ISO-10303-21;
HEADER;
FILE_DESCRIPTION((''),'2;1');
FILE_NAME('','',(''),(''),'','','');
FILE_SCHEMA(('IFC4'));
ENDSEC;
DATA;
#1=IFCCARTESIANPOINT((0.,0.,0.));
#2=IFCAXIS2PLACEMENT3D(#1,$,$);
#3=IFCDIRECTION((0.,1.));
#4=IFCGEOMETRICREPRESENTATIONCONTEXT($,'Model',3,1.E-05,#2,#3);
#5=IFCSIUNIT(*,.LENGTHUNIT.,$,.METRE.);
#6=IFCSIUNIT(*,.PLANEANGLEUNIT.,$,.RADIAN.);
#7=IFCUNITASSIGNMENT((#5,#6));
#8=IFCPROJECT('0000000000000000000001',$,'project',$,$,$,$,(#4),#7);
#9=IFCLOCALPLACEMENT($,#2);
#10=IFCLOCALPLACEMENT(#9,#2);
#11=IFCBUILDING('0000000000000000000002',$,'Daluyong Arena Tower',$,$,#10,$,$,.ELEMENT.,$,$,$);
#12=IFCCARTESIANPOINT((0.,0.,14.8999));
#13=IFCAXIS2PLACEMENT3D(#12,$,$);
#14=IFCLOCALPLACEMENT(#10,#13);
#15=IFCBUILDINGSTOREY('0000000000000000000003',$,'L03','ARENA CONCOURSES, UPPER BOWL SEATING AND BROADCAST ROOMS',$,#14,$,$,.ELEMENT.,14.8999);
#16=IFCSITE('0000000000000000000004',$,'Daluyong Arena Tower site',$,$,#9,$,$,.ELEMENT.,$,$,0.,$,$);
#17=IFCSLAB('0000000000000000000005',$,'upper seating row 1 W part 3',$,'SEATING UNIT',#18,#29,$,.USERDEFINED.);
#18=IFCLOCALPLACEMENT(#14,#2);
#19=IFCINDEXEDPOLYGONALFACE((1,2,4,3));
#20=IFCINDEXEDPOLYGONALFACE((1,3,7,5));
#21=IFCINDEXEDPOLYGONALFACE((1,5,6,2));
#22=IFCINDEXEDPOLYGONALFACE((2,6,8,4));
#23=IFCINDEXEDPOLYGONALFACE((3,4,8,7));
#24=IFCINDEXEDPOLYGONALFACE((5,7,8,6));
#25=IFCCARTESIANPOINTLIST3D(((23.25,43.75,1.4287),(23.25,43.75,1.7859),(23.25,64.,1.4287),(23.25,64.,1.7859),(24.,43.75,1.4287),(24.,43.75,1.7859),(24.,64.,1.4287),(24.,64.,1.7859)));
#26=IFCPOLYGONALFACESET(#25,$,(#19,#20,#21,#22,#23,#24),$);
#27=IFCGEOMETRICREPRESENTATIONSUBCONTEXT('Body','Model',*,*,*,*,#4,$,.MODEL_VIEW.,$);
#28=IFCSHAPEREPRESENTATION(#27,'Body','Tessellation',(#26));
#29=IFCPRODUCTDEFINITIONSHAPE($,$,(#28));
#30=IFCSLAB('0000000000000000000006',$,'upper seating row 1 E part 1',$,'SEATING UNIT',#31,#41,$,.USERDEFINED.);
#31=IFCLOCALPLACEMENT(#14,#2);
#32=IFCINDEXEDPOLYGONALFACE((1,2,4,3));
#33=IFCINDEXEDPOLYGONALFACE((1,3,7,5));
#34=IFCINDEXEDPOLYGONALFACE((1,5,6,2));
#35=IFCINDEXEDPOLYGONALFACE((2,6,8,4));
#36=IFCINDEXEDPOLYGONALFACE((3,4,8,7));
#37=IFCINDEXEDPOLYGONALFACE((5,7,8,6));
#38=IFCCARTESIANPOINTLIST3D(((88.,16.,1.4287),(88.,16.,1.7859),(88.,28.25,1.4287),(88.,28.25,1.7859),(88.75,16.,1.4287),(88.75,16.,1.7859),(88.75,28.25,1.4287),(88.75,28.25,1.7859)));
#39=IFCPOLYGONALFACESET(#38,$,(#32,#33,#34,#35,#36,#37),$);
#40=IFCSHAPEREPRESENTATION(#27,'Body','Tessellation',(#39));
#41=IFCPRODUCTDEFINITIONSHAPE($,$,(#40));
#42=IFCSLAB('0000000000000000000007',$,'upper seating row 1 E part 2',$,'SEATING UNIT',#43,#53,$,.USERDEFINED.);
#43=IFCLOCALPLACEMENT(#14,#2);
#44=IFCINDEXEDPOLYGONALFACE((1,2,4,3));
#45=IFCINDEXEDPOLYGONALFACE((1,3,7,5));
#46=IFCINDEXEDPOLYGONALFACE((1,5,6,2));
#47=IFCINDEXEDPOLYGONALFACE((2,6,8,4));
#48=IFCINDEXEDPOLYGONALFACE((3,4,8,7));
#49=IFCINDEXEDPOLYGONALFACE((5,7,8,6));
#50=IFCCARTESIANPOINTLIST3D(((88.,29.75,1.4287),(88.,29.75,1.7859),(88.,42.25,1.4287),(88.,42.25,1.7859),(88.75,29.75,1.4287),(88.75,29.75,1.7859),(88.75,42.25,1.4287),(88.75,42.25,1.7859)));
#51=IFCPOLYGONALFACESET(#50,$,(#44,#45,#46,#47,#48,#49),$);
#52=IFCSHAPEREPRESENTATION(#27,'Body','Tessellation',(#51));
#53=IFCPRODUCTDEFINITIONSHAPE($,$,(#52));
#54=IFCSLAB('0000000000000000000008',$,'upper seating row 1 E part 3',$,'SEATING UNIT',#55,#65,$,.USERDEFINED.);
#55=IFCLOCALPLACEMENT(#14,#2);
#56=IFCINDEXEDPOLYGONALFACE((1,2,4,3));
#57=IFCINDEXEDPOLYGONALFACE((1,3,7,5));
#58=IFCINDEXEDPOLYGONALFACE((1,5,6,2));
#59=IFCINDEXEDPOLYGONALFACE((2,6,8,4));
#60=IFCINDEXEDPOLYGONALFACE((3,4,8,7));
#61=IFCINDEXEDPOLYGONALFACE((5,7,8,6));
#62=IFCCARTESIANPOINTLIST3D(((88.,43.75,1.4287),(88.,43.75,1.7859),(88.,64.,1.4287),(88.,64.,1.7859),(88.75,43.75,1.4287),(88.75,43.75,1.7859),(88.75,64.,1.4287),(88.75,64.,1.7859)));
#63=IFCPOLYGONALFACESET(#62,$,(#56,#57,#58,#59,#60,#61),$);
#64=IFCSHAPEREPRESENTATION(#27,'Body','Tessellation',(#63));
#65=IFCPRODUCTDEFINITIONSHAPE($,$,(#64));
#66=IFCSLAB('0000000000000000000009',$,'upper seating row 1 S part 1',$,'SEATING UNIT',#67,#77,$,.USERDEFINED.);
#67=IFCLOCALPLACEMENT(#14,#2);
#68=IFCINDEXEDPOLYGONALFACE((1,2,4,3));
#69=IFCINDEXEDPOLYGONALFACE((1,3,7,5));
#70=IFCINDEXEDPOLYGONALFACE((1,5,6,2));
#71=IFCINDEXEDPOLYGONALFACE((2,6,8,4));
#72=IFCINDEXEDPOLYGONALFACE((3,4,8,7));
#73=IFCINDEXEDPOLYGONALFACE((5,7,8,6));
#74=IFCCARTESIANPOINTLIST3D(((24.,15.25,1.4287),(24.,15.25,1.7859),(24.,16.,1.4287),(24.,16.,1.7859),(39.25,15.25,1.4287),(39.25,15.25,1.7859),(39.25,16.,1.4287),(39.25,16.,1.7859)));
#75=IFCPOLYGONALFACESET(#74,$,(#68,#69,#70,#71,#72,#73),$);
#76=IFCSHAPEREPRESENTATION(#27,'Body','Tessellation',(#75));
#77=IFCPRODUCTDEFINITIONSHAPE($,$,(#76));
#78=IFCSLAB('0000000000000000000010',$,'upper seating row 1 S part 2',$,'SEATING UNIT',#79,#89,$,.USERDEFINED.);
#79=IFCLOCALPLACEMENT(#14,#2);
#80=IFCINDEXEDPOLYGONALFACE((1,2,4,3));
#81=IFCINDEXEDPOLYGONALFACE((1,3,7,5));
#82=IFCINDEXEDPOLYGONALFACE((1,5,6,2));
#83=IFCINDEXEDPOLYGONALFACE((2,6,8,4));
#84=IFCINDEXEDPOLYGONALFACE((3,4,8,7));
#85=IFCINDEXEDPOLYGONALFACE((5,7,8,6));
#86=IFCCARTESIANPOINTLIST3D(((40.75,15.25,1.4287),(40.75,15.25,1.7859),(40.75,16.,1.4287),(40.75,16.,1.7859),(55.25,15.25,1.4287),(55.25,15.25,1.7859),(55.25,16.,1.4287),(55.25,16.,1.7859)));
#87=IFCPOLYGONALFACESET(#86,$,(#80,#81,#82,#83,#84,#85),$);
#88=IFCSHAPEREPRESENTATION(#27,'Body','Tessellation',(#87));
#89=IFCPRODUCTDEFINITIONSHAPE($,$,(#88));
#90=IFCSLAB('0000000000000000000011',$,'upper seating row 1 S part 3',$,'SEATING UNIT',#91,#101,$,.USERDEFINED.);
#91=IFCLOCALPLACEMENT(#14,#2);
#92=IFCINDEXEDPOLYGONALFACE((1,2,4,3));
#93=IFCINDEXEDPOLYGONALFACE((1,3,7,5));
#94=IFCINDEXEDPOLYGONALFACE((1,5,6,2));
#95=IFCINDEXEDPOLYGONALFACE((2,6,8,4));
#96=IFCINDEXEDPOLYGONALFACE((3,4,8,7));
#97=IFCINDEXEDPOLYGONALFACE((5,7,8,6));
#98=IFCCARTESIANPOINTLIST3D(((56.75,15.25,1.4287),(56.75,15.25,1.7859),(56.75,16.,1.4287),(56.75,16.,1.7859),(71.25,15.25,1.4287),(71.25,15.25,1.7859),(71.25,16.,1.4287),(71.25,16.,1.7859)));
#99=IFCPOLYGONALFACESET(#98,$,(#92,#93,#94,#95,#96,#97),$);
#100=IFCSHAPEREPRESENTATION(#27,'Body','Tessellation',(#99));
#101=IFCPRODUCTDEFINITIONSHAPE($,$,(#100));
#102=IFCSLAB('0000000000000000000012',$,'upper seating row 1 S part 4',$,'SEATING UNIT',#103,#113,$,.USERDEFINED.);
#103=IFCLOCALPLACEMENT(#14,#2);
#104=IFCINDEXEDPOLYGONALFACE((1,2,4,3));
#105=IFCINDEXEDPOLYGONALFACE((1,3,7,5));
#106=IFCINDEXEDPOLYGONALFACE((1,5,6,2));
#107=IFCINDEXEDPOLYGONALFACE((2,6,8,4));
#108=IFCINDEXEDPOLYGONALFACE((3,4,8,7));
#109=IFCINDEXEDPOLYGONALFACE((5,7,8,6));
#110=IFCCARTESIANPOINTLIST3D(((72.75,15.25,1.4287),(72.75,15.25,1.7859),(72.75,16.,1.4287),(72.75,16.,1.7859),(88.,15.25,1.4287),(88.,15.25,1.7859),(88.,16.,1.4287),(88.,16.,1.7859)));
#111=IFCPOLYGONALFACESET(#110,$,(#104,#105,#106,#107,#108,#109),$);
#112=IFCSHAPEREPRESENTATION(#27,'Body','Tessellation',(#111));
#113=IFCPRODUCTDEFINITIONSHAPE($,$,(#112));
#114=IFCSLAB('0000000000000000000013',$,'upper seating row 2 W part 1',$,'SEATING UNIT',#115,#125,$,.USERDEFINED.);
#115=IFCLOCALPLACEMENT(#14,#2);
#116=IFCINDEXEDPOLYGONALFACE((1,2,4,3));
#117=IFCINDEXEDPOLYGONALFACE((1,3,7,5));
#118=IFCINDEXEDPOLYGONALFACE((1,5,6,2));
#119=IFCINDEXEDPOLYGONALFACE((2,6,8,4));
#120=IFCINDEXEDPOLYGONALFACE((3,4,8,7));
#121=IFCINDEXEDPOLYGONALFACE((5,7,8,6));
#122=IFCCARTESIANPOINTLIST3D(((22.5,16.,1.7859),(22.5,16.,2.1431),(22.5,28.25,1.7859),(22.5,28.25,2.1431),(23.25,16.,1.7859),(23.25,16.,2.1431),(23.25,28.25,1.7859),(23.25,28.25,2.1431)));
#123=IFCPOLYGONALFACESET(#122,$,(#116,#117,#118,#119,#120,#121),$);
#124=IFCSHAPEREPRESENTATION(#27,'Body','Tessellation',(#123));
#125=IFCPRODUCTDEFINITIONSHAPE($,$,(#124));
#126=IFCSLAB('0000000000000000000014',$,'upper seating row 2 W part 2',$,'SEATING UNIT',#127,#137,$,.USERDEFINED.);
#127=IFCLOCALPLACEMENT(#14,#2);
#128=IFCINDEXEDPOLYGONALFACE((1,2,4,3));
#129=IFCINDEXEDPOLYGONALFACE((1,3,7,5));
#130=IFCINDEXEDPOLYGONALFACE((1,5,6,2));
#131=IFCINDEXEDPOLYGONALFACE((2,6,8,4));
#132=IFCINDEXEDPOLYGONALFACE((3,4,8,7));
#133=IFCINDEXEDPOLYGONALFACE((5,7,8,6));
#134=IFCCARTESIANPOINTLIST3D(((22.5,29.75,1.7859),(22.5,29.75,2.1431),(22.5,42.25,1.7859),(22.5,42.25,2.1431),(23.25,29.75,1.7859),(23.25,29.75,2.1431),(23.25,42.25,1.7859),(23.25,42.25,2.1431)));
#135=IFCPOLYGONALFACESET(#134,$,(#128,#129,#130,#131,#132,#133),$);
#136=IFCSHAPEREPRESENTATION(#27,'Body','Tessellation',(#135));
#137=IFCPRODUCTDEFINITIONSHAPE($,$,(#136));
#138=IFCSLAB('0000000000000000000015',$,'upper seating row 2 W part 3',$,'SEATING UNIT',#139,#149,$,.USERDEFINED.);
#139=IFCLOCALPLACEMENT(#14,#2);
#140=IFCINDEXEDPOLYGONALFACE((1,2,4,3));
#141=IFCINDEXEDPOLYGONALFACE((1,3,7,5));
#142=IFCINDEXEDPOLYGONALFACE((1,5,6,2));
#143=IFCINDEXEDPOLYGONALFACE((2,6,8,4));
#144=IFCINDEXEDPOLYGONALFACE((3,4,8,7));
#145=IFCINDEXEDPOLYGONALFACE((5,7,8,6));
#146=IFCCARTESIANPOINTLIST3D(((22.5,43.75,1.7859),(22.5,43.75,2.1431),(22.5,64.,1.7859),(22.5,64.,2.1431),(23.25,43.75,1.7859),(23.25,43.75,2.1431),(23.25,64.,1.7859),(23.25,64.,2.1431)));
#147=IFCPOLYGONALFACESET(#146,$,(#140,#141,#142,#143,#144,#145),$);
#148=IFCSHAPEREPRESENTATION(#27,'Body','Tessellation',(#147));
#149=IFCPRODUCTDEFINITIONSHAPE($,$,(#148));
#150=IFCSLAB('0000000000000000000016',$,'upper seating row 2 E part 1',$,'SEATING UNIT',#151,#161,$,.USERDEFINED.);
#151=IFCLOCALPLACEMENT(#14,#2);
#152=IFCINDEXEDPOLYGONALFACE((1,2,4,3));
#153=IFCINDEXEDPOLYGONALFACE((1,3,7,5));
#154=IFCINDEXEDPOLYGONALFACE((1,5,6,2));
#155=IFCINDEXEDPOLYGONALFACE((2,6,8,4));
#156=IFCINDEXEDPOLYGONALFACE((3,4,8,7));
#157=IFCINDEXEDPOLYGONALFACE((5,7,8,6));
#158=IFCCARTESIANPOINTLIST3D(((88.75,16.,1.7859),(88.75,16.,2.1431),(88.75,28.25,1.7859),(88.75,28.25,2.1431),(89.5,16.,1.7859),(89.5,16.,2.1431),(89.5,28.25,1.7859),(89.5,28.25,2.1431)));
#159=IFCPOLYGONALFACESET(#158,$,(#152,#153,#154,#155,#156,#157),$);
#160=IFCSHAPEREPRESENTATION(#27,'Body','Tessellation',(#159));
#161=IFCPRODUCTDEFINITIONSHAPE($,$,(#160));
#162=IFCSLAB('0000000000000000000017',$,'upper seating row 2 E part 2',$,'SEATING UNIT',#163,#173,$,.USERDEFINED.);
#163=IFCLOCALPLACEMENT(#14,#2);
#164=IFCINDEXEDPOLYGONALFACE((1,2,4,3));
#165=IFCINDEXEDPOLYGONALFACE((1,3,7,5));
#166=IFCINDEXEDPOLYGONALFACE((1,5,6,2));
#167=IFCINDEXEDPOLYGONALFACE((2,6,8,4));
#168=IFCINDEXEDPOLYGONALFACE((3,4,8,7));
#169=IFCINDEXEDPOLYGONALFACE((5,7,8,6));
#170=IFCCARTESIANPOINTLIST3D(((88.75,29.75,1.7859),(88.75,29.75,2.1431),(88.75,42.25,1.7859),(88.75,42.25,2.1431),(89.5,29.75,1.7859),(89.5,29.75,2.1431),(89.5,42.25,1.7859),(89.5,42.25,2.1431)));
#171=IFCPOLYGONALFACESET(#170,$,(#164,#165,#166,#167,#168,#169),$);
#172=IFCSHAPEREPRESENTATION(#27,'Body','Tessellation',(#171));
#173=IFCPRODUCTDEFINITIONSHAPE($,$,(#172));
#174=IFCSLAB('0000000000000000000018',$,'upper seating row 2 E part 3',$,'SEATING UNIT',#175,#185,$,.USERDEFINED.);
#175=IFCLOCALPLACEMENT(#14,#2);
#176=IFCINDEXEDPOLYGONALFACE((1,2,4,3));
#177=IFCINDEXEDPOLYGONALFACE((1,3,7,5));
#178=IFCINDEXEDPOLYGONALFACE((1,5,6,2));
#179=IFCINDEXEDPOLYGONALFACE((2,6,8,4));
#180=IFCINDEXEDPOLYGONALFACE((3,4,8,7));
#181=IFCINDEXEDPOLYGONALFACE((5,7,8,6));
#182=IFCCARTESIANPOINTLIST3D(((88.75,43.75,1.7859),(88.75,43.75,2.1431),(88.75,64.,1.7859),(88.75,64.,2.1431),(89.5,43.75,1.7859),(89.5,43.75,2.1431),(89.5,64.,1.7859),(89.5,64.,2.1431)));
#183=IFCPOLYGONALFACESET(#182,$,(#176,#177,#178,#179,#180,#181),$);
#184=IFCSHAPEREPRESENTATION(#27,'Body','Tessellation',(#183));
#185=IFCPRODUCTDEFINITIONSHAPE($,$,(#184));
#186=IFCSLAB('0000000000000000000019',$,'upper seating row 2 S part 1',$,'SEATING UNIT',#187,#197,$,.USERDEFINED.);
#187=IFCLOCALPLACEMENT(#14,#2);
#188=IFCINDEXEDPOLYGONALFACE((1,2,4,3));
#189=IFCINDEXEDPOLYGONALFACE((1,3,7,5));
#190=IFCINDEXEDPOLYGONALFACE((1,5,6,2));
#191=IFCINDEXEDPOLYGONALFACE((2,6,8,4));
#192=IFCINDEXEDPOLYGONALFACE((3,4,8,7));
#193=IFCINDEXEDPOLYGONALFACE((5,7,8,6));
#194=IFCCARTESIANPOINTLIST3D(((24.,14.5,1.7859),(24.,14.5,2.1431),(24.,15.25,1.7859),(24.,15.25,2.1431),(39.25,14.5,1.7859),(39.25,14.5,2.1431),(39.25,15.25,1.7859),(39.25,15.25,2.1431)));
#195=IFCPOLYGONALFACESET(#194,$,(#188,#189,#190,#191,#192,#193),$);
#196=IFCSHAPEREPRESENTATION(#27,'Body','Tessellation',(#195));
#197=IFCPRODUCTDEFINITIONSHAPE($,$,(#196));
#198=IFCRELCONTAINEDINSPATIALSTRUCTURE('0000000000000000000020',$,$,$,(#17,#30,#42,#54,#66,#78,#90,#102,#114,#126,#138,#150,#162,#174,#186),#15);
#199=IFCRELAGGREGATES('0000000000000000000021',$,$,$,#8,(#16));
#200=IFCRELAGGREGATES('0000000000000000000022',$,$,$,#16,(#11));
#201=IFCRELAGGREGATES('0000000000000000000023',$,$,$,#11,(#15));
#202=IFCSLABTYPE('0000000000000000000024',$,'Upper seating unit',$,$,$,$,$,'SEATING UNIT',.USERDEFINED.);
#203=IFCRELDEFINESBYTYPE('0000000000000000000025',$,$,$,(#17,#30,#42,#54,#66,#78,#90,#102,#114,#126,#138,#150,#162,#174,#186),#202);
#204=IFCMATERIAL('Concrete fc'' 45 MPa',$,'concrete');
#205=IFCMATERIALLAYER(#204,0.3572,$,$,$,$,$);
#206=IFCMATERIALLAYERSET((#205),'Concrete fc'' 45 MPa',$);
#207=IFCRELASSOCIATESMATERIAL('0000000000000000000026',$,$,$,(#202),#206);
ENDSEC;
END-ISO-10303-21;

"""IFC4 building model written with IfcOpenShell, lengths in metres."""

from ifc_helpers import new_model, si_unit, direction, frame, origin, place, context, subcontext, project, spatial, polyline, outline, extrude, material, layer, layer_set, type_object, element, save


model = new_model("IFC4")

# Units and contexts
model_context = context("Model", 3, precision=1e-05, world=origin(), true_north=direction((0.0, 1.0)))
body_context = subcontext(model_context, "Body", "Model", "MODEL_VIEW")
ifc_project = project(units=[si_unit("LENGTHUNIT", "METRE"), si_unit("PLANEANGLEUNIT", "RADIAN")], contexts=[model_context])

# Site, building, storey
site_placement = place(None, origin())
site = spatial("IfcSite", under=ifc_project, at=site_placement, Name="Daluyong Arena Tower site", CompositionType="ELEMENT", RefElevation=0.0)
building_placement = place(site_placement, origin())
building = spatial("IfcBuilding", under=site, at=building_placement, Name="Daluyong Arena Tower", CompositionType="ELEMENT")
storey_placement = place(building_placement, frame((0.0, 0.0, 14.8999)))
storey = spatial("IfcBuildingStorey", under=building, at=storey_placement, Name="L03", Description="ARENA CONCOURSES, UPPER BOWL SEATING AND BROADCAST ROOMS", CompositionType="ELEMENT", Elevation=14.8999)

# Slabs
ifc_material = material(Name="Concrete fc' 45 MPa", Category="concrete")
ifc_layer = layer(ifc_material, 0.3572)
ifc_layer_set = layer_set([ifc_layer], Name="Concrete fc' 45 MPa")
slab_type = type_object("IfcSlabType", Name="Upper seating unit", ElementType="SEATING UNIT", PredefinedType="USERDEFINED", material=ifc_layer_set)
slab_1_placement = place(storey_placement, frame((0.0, 0.0, 1.4287)))
element("IfcSlab", 1, at=slab_1_placement, inside=storey, type_object=slab_type, Name="upper seating row 1 W part 3", ObjectType="SEATING UNIT", PredefinedType="USERDEFINED", context=body_context, shape_type="SweptSolid", body=[
    extrude(outline(polyline([(23.25, 64.0), (23.25, 43.75), (24.0, 43.75), (24.0, 64.0), (23.25, 64.0)])), origin(), (0.0, 0.0, 1.0), 0.3572),
])
slab_2_placement = place(storey_placement, frame((0.0, 0.0, 1.4287)))
element("IfcSlab", 2, at=slab_2_placement, inside=storey, type_object=slab_type, Name="upper seating row 1 E part 1", ObjectType="SEATING UNIT", PredefinedType="USERDEFINED", context=body_context, shape_type="SweptSolid", body=[
    extrude(outline(polyline([(88.75, 16.0), (88.75, 28.25), (88.0, 28.25), (88.0, 16.0), (88.75, 16.0)])), origin(), (0.0, 0.0, 1.0), 0.3572),
])
slab_3_placement = place(storey_placement, frame((0.0, 0.0, 1.4287)))
element("IfcSlab", 3, at=slab_3_placement, inside=storey, type_object=slab_type, Name="upper seating row 1 E part 2", ObjectType="SEATING UNIT", PredefinedType="USERDEFINED", context=body_context, shape_type="SweptSolid", body=[
    extrude(outline(polyline([(88.75, 29.75), (88.75, 42.25), (88.0, 42.25), (88.0, 29.75), (88.75, 29.75)])), origin(), (0.0, 0.0, 1.0), 0.3572),
])
slab_4_placement = place(storey_placement, frame((0.0, 0.0, 1.4287)))
element("IfcSlab", 4, at=slab_4_placement, inside=storey, type_object=slab_type, Name="upper seating row 1 E part 3", ObjectType="SEATING UNIT", PredefinedType="USERDEFINED", context=body_context, shape_type="SweptSolid", body=[
    extrude(outline(polyline([(88.0, 64.0), (88.0, 43.75), (88.75, 43.75), (88.75, 64.0), (88.0, 64.0)])), origin(), (0.0, 0.0, 1.0), 0.3572),
])
slab_5_placement = place(storey_placement, frame((0.0, 0.0, 1.4287)))
element("IfcSlab", 5, at=slab_5_placement, inside=storey, type_object=slab_type, Name="upper seating row 1 S part 1", ObjectType="SEATING UNIT", PredefinedType="USERDEFINED", context=body_context, shape_type="SweptSolid", body=[
    extrude(outline(polyline([(24.0, 15.25), (39.25, 15.25), (39.25, 16.0), (24.0, 16.0), (24.0, 15.25)])), origin(), (0.0, 0.0, 1.0), 0.3572),
])
slab_6_placement = place(storey_placement, frame((0.0, 0.0, 1.4287)))
element("IfcSlab", 6, at=slab_6_placement, inside=storey, type_object=slab_type, Name="upper seating row 1 S part 2", ObjectType="SEATING UNIT", PredefinedType="USERDEFINED", context=body_context, shape_type="SweptSolid", body=[
    extrude(outline(polyline([(55.25, 16.0), (40.75, 16.0), (40.75, 15.25), (55.25, 15.25), (55.25, 16.0)])), origin(), (0.0, 0.0, 1.0), 0.3572),
])
slab_7_placement = place(storey_placement, frame((0.0, 0.0, 1.4287)))
element("IfcSlab", 7, at=slab_7_placement, inside=storey, type_object=slab_type, Name="upper seating row 1 S part 3", ObjectType="SEATING UNIT", PredefinedType="USERDEFINED", context=body_context, shape_type="SweptSolid", body=[
    extrude(outline(polyline([(71.25, 16.0), (56.75, 16.0), (56.75, 15.25), (71.25, 15.25), (71.25, 16.0)])), origin(), (0.0, 0.0, 1.0), 0.3572),
])
slab_8_placement = place(storey_placement, frame((0.0, 0.0, 1.4287)))
element("IfcSlab", 8, at=slab_8_placement, inside=storey, type_object=slab_type, Name="upper seating row 1 S part 4", ObjectType="SEATING UNIT", PredefinedType="USERDEFINED", context=body_context, shape_type="SweptSolid", body=[
    extrude(outline(polyline([(88.0, 16.0), (72.75, 16.0), (72.75, 15.25), (88.0, 15.25), (88.0, 16.0)])), origin(), (0.0, 0.0, 1.0), 0.3572),
])
slab_9_placement = place(storey_placement, frame((0.0, 0.0, 1.7859)))
element("IfcSlab", 9, at=slab_9_placement, inside=storey, type_object=slab_type, Name="upper seating row 2 W part 1", ObjectType="SEATING UNIT", PredefinedType="USERDEFINED", context=body_context, shape_type="SweptSolid", body=[
    extrude(outline(polyline([(23.25, 16.0), (23.25, 28.25), (22.5, 28.25), (22.5, 16.0), (23.25, 16.0)])), origin(), (0.0, 0.0, 1.0), 0.3572),
])
slab_10_placement = place(storey_placement, frame((0.0, 0.0, 1.7859)))
element("IfcSlab", 10, at=slab_10_placement, inside=storey, type_object=slab_type, Name="upper seating row 2 W part 2", ObjectType="SEATING UNIT", PredefinedType="USERDEFINED", context=body_context, shape_type="SweptSolid", body=[
    extrude(outline(polyline([(23.25, 29.75), (23.25, 42.25), (22.5, 42.25), (22.5, 29.75), (23.25, 29.75)])), origin(), (0.0, 0.0, 1.0), 0.3572),
])
slab_11_placement = place(storey_placement, frame((0.0, 0.0, 1.7859)))
element("IfcSlab", 11, at=slab_11_placement, inside=storey, type_object=slab_type, Name="upper seating row 2 W part 3", ObjectType="SEATING UNIT", PredefinedType="USERDEFINED", context=body_context, shape_type="SweptSolid", body=[
    extrude(outline(polyline([(22.5, 64.0), (22.5, 43.75), (23.25, 43.75), (23.25, 64.0), (22.5, 64.0)])), origin(), (0.0, 0.0, 1.0), 0.3572),
])
slab_12_placement = place(storey_placement, frame((0.0, 0.0, 1.7859)))
element("IfcSlab", 12, at=slab_12_placement, inside=storey, type_object=slab_type, Name="upper seating row 2 E part 1", ObjectType="SEATING UNIT", PredefinedType="USERDEFINED", context=body_context, shape_type="SweptSolid", body=[
    extrude(outline(polyline([(89.5, 16.0), (89.5, 28.25), (88.75, 28.25), (88.75, 16.0), (89.5, 16.0)])), origin(), (0.0, 0.0, 1.0), 0.3572),
])
slab_13_placement = place(storey_placement, frame((0.0, 0.0, 1.7859)))
element("IfcSlab", 13, at=slab_13_placement, inside=storey, type_object=slab_type, Name="upper seating row 2 E part 2", ObjectType="SEATING UNIT", PredefinedType="USERDEFINED", context=body_context, shape_type="SweptSolid", body=[
    extrude(outline(polyline([(89.5, 29.75), (89.5, 42.25), (88.75, 42.25), (88.75, 29.75), (89.5, 29.75)])), origin(), (0.0, 0.0, 1.0), 0.3572),
])
slab_14_placement = place(storey_placement, frame((0.0, 0.0, 1.7859)))
element("IfcSlab", 14, at=slab_14_placement, inside=storey, type_object=slab_type, Name="upper seating row 2 E part 3", ObjectType="SEATING UNIT", PredefinedType="USERDEFINED", context=body_context, shape_type="SweptSolid", body=[
    extrude(outline(polyline([(88.75, 64.0), (88.75, 43.75), (89.5, 43.75), (89.5, 64.0), (88.75, 64.0)])), origin(), (0.0, 0.0, 1.0), 0.3572),
])
slab_15_placement = place(storey_placement, frame((0.0, 0.0, 1.7859)))
element("IfcSlab", 15, at=slab_15_placement, inside=storey, type_object=slab_type, Name="upper seating row 2 S part 1", ObjectType="SEATING UNIT", PredefinedType="USERDEFINED", context=body_context, shape_type="SweptSolid", body=[
    extrude(outline(polyline([(24.0, 14.5), (39.25, 14.5), (39.25, 15.25), (24.0, 15.25), (24.0, 14.5)])), origin(), (0.0, 0.0, 1.0), 0.3572),
])

save(model, "model.ifc")
